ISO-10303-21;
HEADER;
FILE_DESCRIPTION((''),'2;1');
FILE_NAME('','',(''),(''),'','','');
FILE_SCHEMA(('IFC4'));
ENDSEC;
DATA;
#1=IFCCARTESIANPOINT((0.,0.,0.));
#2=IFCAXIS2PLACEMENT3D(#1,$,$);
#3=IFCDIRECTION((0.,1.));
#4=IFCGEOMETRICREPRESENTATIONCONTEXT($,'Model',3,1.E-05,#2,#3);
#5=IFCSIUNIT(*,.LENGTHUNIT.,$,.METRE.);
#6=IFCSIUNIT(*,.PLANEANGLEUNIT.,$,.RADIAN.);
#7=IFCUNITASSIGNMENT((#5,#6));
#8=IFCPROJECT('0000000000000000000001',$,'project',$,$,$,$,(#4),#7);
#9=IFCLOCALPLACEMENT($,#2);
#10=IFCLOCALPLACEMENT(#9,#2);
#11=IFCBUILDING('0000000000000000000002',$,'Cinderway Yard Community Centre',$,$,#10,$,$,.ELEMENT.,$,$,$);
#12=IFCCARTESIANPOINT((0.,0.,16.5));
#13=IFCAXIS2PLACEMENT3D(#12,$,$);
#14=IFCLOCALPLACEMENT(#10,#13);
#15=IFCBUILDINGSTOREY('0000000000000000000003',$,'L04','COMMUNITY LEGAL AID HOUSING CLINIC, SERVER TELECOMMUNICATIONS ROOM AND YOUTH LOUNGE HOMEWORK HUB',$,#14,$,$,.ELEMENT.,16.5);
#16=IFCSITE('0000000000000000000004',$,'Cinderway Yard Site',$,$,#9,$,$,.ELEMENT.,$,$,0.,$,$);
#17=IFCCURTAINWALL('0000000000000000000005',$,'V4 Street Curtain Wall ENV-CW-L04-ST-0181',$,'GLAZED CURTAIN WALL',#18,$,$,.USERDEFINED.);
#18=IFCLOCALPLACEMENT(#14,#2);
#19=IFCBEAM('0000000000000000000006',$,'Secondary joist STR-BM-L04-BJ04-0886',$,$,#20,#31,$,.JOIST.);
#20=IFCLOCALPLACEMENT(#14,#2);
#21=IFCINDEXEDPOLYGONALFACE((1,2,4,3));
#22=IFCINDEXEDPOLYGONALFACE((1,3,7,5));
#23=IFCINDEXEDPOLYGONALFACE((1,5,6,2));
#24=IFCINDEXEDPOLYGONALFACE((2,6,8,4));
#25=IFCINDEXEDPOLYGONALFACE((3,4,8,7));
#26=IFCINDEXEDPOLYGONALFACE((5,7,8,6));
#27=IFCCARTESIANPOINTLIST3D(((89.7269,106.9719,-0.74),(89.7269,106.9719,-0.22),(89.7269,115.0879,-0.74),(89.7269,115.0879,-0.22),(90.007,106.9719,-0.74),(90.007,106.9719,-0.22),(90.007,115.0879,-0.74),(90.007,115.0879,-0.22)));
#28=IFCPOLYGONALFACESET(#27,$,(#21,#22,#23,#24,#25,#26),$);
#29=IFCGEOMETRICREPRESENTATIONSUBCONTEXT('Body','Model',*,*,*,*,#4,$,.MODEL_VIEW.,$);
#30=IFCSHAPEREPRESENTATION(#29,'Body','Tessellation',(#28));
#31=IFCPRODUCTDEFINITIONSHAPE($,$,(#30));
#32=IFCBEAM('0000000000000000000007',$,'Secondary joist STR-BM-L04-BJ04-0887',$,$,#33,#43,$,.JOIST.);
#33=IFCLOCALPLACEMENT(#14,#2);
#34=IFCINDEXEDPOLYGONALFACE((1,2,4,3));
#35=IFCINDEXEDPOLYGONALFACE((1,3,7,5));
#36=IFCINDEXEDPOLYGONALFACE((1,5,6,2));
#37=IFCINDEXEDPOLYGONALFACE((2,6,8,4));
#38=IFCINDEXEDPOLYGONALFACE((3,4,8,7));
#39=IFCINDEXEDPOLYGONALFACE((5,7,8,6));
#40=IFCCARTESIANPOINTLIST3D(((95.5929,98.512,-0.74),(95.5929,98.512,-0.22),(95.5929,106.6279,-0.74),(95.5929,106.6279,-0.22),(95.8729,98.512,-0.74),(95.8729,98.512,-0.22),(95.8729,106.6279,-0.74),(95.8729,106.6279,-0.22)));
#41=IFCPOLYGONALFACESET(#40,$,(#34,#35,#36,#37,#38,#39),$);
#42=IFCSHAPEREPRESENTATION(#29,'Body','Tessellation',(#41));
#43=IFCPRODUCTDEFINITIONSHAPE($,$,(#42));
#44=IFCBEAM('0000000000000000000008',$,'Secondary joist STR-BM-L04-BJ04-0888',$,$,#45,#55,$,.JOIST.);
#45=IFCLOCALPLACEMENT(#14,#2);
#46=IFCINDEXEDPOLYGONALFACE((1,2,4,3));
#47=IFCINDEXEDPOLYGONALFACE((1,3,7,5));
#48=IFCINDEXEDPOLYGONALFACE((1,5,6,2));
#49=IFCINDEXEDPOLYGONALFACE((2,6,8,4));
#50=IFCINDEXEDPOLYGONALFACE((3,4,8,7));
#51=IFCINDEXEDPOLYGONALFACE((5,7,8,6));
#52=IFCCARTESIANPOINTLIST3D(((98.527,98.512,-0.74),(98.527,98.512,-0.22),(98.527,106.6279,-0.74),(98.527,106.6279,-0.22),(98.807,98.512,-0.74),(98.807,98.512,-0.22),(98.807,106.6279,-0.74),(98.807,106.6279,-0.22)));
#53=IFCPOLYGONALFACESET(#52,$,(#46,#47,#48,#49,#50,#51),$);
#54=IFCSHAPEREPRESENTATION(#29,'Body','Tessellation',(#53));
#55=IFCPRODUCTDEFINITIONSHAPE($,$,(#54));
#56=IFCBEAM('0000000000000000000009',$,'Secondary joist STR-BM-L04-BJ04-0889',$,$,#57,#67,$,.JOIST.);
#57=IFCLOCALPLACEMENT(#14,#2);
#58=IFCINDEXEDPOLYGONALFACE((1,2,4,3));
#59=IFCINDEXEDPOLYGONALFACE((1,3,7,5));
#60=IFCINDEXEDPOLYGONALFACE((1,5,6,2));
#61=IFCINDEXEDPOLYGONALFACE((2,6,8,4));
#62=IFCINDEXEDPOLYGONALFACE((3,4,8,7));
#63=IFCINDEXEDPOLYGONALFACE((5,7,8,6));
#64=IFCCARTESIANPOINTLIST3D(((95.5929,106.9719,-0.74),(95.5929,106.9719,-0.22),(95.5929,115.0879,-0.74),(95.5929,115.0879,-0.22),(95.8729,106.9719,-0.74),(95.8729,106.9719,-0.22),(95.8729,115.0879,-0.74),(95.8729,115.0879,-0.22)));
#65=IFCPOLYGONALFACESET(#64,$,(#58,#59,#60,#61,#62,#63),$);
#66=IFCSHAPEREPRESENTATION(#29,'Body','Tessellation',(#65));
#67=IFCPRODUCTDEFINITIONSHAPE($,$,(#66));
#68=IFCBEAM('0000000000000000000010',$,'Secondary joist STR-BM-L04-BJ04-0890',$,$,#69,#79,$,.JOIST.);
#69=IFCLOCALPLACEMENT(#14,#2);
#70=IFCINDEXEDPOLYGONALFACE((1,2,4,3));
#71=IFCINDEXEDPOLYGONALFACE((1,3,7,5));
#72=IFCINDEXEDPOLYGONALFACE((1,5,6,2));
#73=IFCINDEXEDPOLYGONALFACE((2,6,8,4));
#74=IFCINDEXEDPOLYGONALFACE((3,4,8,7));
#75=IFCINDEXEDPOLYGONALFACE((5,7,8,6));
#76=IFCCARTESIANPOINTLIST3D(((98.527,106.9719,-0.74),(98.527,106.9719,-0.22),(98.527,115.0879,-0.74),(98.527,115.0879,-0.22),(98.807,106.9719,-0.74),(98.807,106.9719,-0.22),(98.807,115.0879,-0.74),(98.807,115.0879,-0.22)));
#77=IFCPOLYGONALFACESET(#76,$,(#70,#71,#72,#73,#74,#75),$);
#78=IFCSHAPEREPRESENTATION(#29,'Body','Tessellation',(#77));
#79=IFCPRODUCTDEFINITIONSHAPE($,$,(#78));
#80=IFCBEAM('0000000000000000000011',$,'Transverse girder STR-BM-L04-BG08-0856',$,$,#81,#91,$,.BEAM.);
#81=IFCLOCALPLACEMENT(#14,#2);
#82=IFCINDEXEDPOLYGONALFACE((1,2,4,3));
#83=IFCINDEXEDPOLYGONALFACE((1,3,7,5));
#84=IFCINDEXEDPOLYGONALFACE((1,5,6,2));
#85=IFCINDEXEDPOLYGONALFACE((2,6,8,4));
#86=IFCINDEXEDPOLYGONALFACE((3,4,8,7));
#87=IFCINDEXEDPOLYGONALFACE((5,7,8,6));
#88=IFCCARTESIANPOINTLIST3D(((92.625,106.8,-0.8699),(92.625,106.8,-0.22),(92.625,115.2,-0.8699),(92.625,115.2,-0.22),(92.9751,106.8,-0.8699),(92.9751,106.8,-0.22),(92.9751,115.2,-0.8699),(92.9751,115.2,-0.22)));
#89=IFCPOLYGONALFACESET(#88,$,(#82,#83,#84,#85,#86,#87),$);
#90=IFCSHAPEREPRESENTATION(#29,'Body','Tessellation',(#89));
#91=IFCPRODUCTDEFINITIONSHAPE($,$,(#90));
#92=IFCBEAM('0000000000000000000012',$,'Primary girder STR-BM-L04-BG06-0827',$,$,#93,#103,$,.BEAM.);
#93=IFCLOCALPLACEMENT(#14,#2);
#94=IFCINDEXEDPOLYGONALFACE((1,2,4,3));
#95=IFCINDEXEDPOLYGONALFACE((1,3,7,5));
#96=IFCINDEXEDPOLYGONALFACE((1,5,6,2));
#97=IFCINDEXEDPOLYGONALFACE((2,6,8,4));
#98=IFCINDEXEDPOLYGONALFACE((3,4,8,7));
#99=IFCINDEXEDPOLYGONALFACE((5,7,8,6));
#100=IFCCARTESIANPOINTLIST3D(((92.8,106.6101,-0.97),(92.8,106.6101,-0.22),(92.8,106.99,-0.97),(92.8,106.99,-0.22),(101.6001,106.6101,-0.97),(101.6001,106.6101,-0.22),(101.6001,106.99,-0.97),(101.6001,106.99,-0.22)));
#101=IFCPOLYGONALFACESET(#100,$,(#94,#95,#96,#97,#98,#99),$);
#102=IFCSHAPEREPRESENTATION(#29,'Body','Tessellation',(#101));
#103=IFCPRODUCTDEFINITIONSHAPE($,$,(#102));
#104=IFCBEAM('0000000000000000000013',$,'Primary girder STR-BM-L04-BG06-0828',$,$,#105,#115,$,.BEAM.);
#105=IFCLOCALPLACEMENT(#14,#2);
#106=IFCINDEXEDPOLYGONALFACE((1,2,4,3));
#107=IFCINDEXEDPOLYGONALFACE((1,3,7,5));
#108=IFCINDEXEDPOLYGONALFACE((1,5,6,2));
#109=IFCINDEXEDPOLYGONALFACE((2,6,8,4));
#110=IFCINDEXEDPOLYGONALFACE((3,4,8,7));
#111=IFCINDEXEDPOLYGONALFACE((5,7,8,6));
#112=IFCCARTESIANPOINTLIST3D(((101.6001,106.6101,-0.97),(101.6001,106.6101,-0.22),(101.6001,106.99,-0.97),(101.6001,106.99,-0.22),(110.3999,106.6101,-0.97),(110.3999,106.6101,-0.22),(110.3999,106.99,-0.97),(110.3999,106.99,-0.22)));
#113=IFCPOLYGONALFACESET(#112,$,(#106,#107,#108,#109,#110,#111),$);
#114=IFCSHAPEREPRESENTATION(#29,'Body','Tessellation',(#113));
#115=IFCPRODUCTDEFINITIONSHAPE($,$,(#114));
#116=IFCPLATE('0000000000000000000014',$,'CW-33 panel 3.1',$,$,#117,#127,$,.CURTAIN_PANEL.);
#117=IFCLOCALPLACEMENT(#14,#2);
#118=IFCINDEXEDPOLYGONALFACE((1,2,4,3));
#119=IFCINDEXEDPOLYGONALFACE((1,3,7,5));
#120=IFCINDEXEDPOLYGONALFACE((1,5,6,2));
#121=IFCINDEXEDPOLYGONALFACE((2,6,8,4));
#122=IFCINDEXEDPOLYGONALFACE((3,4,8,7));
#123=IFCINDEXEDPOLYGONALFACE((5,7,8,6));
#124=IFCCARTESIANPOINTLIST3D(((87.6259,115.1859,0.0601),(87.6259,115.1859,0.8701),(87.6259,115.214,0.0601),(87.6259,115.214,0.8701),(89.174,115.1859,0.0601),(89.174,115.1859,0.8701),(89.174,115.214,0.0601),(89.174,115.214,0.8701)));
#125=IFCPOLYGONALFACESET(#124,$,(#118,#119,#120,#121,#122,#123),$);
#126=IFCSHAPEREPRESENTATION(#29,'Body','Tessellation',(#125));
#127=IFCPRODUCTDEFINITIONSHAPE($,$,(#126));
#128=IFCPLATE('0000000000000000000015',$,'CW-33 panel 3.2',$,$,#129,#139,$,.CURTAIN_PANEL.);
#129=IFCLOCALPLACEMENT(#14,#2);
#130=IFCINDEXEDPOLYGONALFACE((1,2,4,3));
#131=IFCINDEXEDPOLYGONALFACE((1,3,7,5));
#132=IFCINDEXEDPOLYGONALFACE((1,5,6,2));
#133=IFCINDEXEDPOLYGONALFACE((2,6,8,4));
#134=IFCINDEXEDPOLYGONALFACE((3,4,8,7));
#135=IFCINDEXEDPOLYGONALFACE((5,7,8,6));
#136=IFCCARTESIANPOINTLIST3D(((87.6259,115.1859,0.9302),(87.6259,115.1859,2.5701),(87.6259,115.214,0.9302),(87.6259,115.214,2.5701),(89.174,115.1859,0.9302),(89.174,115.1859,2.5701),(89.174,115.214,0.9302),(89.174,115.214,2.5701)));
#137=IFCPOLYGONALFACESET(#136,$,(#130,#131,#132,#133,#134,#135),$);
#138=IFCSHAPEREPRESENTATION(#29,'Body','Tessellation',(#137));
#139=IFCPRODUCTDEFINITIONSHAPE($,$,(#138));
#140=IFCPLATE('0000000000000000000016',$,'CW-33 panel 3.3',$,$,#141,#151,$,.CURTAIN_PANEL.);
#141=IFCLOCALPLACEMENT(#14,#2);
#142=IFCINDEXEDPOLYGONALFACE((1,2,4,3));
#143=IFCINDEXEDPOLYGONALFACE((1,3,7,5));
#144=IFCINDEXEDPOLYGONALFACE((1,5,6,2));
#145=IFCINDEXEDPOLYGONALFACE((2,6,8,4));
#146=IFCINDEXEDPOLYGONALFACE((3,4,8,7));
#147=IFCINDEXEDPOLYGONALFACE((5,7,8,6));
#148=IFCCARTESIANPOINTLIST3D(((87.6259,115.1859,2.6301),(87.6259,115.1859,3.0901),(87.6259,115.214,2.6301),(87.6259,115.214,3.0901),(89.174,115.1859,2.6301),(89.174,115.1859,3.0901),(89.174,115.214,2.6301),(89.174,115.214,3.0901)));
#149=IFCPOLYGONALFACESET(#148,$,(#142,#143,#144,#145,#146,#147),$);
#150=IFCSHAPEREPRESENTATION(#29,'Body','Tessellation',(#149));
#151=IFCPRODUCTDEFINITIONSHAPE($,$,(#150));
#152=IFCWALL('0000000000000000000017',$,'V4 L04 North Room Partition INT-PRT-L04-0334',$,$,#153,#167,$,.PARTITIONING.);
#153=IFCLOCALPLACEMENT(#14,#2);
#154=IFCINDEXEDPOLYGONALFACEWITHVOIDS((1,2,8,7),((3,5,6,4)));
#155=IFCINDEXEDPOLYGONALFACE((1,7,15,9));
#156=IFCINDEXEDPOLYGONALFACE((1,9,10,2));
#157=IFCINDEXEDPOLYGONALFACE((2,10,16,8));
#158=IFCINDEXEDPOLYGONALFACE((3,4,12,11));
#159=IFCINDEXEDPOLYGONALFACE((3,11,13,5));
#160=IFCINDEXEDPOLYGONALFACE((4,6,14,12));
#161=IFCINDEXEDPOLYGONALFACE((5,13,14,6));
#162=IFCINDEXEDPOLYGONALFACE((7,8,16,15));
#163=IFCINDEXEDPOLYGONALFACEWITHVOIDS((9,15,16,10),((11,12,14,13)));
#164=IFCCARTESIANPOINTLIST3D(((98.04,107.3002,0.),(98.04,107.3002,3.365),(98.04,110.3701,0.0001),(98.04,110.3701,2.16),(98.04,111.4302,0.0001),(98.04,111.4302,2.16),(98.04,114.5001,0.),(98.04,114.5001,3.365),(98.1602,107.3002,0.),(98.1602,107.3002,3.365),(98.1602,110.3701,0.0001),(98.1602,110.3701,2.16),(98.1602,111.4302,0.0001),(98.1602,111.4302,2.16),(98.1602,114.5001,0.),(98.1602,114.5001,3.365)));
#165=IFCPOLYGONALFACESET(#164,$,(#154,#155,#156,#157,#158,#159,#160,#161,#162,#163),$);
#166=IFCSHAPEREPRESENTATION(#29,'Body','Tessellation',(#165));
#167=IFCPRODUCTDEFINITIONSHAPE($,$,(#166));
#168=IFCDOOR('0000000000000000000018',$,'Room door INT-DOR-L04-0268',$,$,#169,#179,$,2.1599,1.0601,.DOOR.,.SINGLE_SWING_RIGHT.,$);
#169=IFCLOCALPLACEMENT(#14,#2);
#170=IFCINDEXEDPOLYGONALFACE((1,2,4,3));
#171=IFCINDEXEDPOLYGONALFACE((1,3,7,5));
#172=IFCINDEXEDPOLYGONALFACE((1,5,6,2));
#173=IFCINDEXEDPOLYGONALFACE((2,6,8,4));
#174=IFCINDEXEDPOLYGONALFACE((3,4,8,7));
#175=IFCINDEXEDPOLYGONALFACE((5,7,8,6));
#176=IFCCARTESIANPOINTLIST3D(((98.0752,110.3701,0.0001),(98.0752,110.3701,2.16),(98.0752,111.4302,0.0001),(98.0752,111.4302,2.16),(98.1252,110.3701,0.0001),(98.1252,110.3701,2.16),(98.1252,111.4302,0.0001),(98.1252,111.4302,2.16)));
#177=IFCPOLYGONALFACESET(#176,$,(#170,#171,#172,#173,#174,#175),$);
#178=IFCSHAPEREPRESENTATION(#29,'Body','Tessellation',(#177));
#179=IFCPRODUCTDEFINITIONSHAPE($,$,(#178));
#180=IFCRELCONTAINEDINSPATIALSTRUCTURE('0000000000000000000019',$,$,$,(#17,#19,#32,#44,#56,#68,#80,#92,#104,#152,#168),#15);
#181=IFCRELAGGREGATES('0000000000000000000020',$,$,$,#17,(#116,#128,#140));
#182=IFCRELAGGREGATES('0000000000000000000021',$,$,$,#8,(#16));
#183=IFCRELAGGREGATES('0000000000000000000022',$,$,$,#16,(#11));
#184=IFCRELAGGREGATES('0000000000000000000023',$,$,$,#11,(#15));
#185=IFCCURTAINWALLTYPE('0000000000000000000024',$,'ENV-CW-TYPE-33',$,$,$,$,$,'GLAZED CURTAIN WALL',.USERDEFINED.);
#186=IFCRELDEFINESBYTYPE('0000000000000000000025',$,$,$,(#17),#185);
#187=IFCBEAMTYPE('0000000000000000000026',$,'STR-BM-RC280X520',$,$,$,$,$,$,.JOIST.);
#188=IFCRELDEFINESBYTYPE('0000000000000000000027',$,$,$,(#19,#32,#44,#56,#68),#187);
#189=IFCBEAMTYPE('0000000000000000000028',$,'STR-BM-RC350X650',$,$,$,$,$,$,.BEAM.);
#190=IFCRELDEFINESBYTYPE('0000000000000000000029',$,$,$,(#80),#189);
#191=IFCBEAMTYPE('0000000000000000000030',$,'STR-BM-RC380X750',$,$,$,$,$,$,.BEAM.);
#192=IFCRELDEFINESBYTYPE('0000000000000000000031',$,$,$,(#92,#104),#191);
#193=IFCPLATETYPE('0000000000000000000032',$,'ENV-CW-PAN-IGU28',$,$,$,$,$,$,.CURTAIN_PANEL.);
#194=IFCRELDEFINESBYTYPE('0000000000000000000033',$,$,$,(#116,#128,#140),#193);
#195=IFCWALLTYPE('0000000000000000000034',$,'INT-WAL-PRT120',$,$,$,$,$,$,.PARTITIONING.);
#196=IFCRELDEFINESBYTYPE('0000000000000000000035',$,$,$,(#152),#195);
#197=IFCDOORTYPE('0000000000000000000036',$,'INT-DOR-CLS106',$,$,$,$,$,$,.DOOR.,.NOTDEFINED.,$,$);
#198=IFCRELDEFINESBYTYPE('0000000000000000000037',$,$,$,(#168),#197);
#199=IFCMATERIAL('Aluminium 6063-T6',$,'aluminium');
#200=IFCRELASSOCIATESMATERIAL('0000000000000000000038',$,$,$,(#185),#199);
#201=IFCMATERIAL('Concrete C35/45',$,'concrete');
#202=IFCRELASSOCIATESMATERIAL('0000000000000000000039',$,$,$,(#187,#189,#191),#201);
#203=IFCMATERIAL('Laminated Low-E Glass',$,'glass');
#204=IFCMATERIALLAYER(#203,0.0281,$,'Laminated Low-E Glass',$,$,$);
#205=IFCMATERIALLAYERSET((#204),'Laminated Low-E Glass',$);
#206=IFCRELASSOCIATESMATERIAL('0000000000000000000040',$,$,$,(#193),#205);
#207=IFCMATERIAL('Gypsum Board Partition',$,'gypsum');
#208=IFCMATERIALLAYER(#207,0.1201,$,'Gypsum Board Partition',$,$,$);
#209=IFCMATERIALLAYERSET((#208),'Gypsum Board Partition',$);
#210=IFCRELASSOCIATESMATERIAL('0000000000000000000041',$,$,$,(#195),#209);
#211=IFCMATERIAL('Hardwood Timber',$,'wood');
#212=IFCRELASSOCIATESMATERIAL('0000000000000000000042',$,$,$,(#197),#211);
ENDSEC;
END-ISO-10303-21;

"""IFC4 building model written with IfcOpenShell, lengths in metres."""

from ifc_helpers import new_model, si_unit, direction, frame, frame_2d, origin, origin_2d, place, context, subcontext, project, spatial, rectangle, extrude, material, layer, layer_set, material_profile, profile_set, type_object, element, fill, aggregate, save


model = new_model("IFC4")

# Units and contexts
model_context = context("Model", 3, precision=1e-05, world=origin(), true_north=direction((0.0, 1.0)))
body_context = subcontext(model_context, "Body", "Model", "MODEL_VIEW")
ifc_project = project(units=[si_unit("LENGTHUNIT", "METRE"), si_unit("PLANEANGLEUNIT", "RADIAN")], contexts=[model_context])

# Site, building, storey
site_placement = place(None, origin())
site = spatial("IfcSite", under=ifc_project, at=site_placement, Name="Cinderway Yard Site", CompositionType="ELEMENT", RefElevation=0.0)
building_placement = place(site_placement, origin())
building = spatial("IfcBuilding", under=site, at=building_placement, Name="Cinderway Yard Community Centre", CompositionType="ELEMENT")
storey_placement = place(building_placement, frame((0.0, 0.0, 16.5)))
storey = spatial("IfcBuildingStorey", under=building, at=storey_placement, Name="L04", Description="COMMUNITY LEGAL AID HOUSING CLINIC, SERVER TELECOMMUNICATIONS ROOM AND YOUTH LOUNGE HOMEWORK HUB", CompositionType="ELEMENT", Elevation=16.5)

# Curtain wall
ifc_material_1 = material(Name="Aluminium 6063-T6", Category="aluminium")
curtain_wall_type = type_object("IfcCurtainWallType", Name="ENV-CW-TYPE-33", ElementType="GLAZED CURTAIN WALL", PredefinedType="USERDEFINED", material=ifc_material_1)
curtain_wall_placement = place(storey_placement, origin())
curtain_wall = element("IfcCurtainWall", 1, at=curtain_wall_placement, inside=storey, type_object=curtain_wall_type, Name="V4 Street Curtain Wall ENV-CW-L04-ST-0181", ObjectType="GLAZED CURTAIN WALL", PredefinedType="USERDEFINED")

# Beams
ifc_material_2 = material(Name="Concrete C35/45", Category="concrete")
ifc_material_profile_1 = material_profile(ifc_material_2, rectangle(XDim=0.28, YDim=0.52, at=origin_2d()), Name="Concrete C35/45")
ifc_profile_set_1 = profile_set([ifc_material_profile_1], Name="Concrete C35/45")
beam_type_1 = type_object("IfcBeamType", Name="STR-BM-RC280X520", PredefinedType="JOIST", material=ifc_profile_set_1)
for number, where, z_axis, x_axis, name in (
    (2, (89.8669, 106.9719, -0.48), (0.0, 1.0, 0.0), (-1.0, 0.0, 0.0), "Secondary joist STR-BM-L04-BJ04-0886"),
    (3, (95.7329, 98.512, -0.48), (0.0, 1.0, 0.0), (-1.0, 0.0, 0.0), "Secondary joist STR-BM-L04-BJ04-0887"),
    (4, (98.667, 98.512, -0.48), (0.0, 1.0, 0.0), (-1.0, 0.0, 0.0), "Secondary joist STR-BM-L04-BJ04-0888"),
    (5, (95.7329, 106.9719, -0.48), (0.0, 1.0, 0.0), (-1.0, 0.0, 0.0), "Secondary joist STR-BM-L04-BJ04-0889"),
    (6, (98.667, 106.9719, -0.48), (0.0, 1.0, 0.0), (-1.0, 0.0, 0.0), "Secondary joist STR-BM-L04-BJ04-0890"),
):
    element("IfcBeam", number, at=place(storey_placement, frame(where, z_axis=z_axis, x_axis=x_axis)), inside=storey, type_object=beam_type_1, Name=name, PredefinedType="JOIST", context=body_context, shape_type="SweptSolid", body=[
        extrude(rectangle(XDim=0.28, YDim=0.52, at=origin_2d()), origin(), (0.0, 0.0, 1.0), 8.116),
    ])
ifc_material_profile_2 = material_profile(ifc_material_2, rectangle(XDim=0.3501, YDim=0.6499, at=origin_2d()), Name="Concrete C35/45")
ifc_profile_set_2 = profile_set([ifc_material_profile_2], Name="Concrete C35/45")
beam_type_2 = type_object("IfcBeamType", Name="STR-BM-RC350X650", PredefinedType="BEAM", material=ifc_profile_set_2)
beam_1_placement = place(storey_placement, frame((92.8, 106.8, -0.5449), z_axis=(0.0, 1.0, 0.0), x_axis=(-1.0, 0.0, 0.0)))
element("IfcBeam", 7, at=beam_1_placement, inside=storey, type_object=beam_type_2, Name="Transverse girder STR-BM-L04-BG08-0856", PredefinedType="BEAM", context=body_context, shape_type="SweptSolid", body=[
    extrude(rectangle(XDim=0.3501, YDim=0.6499, at=origin_2d()), origin(), (0.0, 0.0, 1.0), 8.3999),
])
ifc_material_profile_3 = material_profile(ifc_material_2, rectangle(XDim=0.3799, YDim=0.75, at=origin_2d()), Name="Concrete C35/45")
ifc_profile_set_3 = profile_set([ifc_material_profile_3], Name="Concrete C35/45")
beam_type_3 = type_object("IfcBeamType", Name="STR-BM-RC380X750", PredefinedType="BEAM", material=ifc_profile_set_3)
beam_2_placement = place(storey_placement, frame((92.8, 106.8, -0.595), z_axis=(1.0, 0.0, 0.0), x_axis=(0.0, 1.0, 0.0)))
element("IfcBeam", 8, at=beam_2_placement, inside=storey, type_object=beam_type_3, Name="Primary girder STR-BM-L04-BG06-0827", PredefinedType="BEAM", context=body_context, shape_type="SweptSolid", body=[
    extrude(rectangle(XDim=0.3799, YDim=0.75, at=origin_2d()), origin(), (0.0, 0.0, 1.0), 8.8),
])
beam_3_placement = place(storey_placement, frame((101.6001, 106.8, -0.595), z_axis=(1.0, 0.0, 0.0), x_axis=(0.0, 1.0, 0.0)))
element("IfcBeam", 9, at=beam_3_placement, inside=storey, type_object=beam_type_3, Name="Primary girder STR-BM-L04-BG06-0828", PredefinedType="BEAM", context=body_context, shape_type="SweptSolid", body=[
    extrude(rectangle(XDim=0.3799, YDim=0.75, at=origin_2d()), origin(), (0.0, 0.0, 1.0), 8.7998),
])

# Plates
ifc_material_3 = material(Name="Laminated Low-E Glass", Category="glass")
ifc_layer_1 = layer(ifc_material_3, 0.0281, Name="Laminated Low-E Glass")
ifc_layer_set_1 = layer_set([ifc_layer_1], Name="Laminated Low-E Glass")
plate_type = type_object("IfcPlateType", Name="ENV-CW-PAN-IGU28", PredefinedType="CURTAIN_PANEL", material=ifc_layer_set_1)
plate_1_placement = place(storey_placement, frame((88.3999, 115.2, 0.0601), z_axis=(0.0, 0.0, 1.0), x_axis=(1.0, 0.0, 0.0)))
plate_1 = element("IfcPlate", 10, at=plate_1_placement, type_object=plate_type, Name="CW-33 panel 3.1", PredefinedType="CURTAIN_PANEL", context=body_context, shape_type="SweptSolid", body=[
    extrude(rectangle(XDim=1.5481, YDim=0.0281, at=origin_2d()), origin(), (0.0, 0.0, 1.0), 0.8101),
])
plate_2_placement = place(storey_placement, frame((88.3999, 115.2, 0.9302), z_axis=(0.0, 0.0, 1.0), x_axis=(1.0, 0.0, 0.0)))
plate_2 = element("IfcPlate", 11, at=plate_2_placement, type_object=plate_type, Name="CW-33 panel 3.2", PredefinedType="CURTAIN_PANEL", context=body_context, shape_type="SweptSolid", body=[
    extrude(rectangle(XDim=1.5481, YDim=0.0281, at=origin_2d()), origin(), (0.0, 0.0, 1.0), 1.6399),
])
plate_3_placement = place(storey_placement, frame((88.3999, 115.2, 2.6301), z_axis=(0.0, 0.0, 1.0), x_axis=(1.0, 0.0, 0.0)))
plate_3 = element("IfcPlate", 12, at=plate_3_placement, type_object=plate_type, Name="CW-33 panel 3.3", PredefinedType="CURTAIN_PANEL", context=body_context, shape_type="SweptSolid", body=[
    extrude(rectangle(XDim=1.5481, YDim=0.0281, at=origin_2d()), origin(), (0.0, 0.0, 1.0), 0.46),
])
aggregate(curtain_wall, [plate_1, plate_2, plate_3])

# Wall, opening, door
ifc_material_4 = material(Name="Gypsum Board Partition", Category="gypsum")
ifc_layer_2 = layer(ifc_material_4, 0.1201, Name="Gypsum Board Partition")
ifc_layer_set_2 = layer_set([ifc_layer_2], Name="Gypsum Board Partition")
wall_type_1 = type_object("IfcWallType", Name="INT-WAL-PRT120", PredefinedType="PARTITIONING", material=ifc_layer_set_2)
wall_1_placement = place(storey_placement, frame((98.1001, 107.3, 0.0), z_axis=(0.0, 0.0, 1.0), x_axis=(0.0, 1.0, 0.0)))
wall_1 = element("IfcWall", 13, at=wall_1_placement, inside=storey, type_object=wall_type_1, Name="V4 L04 North Room Partition INT-PRT-L04-0334", PredefinedType="PARTITIONING", context=body_context, shape_type="SweptSolid", body=[
    extrude(rectangle(XDim=7.2, YDim=0.1201, at=frame_2d((3.6001, 0.0))), origin(), (0.0, 0.0, 1.0), 3.365),
])
opening_1_placement = place(wall_1_placement, frame((3.0701, 0.0, 0.0)))
opening_1 = element("IfcOpeningElement", 14, at=opening_1_placement, cuts=wall_1, PredefinedType="OPENING", context=body_context, shape_type="SweptSolid", body=[
    extrude(rectangle(XDim=1.0601, YDim=2.1599, at=frame_2d((0.53, 1.0801))), frame((0.0, 0.0701, 0.0), z_axis=(0.0, -1.0, 0.0), x_axis=(1.0, 0.0, 0.0)), (0.0, 0.0, 1.0), 0.1401),
])
ifc_material_5 = material(Name="Hardwood Timber", Category="wood")
door_type_1 = type_object("IfcDoorType", Name="INT-DOR-CLS106", OperationType="NOTDEFINED", PredefinedType="DOOR", material=ifc_material_5)
door_1_placement = place(opening_1_placement, origin())
door_1 = element("IfcDoor", 15, at=door_1_placement, inside=storey, type_object=door_type_1, Name="Room door INT-DOR-L04-0268", OperationType="SINGLE_SWING_RIGHT", OverallHeight=2.1599, OverallWidth=1.0601, PredefinedType="DOOR", context=body_context, shape_type="SweptSolid", body=[
    extrude(rectangle(XDim=1.0601, YDim=2.1599, at=frame_2d((0.53, 1.0801))), frame((0.0, 0.0249, 0.0), z_axis=(0.0, -1.0, 0.0), x_axis=(1.0, 0.0, 0.0)), (0.0, 0.0, 1.0), 0.05),
])
fill(opening_1, door_1)

save(model, "model.ifc")
